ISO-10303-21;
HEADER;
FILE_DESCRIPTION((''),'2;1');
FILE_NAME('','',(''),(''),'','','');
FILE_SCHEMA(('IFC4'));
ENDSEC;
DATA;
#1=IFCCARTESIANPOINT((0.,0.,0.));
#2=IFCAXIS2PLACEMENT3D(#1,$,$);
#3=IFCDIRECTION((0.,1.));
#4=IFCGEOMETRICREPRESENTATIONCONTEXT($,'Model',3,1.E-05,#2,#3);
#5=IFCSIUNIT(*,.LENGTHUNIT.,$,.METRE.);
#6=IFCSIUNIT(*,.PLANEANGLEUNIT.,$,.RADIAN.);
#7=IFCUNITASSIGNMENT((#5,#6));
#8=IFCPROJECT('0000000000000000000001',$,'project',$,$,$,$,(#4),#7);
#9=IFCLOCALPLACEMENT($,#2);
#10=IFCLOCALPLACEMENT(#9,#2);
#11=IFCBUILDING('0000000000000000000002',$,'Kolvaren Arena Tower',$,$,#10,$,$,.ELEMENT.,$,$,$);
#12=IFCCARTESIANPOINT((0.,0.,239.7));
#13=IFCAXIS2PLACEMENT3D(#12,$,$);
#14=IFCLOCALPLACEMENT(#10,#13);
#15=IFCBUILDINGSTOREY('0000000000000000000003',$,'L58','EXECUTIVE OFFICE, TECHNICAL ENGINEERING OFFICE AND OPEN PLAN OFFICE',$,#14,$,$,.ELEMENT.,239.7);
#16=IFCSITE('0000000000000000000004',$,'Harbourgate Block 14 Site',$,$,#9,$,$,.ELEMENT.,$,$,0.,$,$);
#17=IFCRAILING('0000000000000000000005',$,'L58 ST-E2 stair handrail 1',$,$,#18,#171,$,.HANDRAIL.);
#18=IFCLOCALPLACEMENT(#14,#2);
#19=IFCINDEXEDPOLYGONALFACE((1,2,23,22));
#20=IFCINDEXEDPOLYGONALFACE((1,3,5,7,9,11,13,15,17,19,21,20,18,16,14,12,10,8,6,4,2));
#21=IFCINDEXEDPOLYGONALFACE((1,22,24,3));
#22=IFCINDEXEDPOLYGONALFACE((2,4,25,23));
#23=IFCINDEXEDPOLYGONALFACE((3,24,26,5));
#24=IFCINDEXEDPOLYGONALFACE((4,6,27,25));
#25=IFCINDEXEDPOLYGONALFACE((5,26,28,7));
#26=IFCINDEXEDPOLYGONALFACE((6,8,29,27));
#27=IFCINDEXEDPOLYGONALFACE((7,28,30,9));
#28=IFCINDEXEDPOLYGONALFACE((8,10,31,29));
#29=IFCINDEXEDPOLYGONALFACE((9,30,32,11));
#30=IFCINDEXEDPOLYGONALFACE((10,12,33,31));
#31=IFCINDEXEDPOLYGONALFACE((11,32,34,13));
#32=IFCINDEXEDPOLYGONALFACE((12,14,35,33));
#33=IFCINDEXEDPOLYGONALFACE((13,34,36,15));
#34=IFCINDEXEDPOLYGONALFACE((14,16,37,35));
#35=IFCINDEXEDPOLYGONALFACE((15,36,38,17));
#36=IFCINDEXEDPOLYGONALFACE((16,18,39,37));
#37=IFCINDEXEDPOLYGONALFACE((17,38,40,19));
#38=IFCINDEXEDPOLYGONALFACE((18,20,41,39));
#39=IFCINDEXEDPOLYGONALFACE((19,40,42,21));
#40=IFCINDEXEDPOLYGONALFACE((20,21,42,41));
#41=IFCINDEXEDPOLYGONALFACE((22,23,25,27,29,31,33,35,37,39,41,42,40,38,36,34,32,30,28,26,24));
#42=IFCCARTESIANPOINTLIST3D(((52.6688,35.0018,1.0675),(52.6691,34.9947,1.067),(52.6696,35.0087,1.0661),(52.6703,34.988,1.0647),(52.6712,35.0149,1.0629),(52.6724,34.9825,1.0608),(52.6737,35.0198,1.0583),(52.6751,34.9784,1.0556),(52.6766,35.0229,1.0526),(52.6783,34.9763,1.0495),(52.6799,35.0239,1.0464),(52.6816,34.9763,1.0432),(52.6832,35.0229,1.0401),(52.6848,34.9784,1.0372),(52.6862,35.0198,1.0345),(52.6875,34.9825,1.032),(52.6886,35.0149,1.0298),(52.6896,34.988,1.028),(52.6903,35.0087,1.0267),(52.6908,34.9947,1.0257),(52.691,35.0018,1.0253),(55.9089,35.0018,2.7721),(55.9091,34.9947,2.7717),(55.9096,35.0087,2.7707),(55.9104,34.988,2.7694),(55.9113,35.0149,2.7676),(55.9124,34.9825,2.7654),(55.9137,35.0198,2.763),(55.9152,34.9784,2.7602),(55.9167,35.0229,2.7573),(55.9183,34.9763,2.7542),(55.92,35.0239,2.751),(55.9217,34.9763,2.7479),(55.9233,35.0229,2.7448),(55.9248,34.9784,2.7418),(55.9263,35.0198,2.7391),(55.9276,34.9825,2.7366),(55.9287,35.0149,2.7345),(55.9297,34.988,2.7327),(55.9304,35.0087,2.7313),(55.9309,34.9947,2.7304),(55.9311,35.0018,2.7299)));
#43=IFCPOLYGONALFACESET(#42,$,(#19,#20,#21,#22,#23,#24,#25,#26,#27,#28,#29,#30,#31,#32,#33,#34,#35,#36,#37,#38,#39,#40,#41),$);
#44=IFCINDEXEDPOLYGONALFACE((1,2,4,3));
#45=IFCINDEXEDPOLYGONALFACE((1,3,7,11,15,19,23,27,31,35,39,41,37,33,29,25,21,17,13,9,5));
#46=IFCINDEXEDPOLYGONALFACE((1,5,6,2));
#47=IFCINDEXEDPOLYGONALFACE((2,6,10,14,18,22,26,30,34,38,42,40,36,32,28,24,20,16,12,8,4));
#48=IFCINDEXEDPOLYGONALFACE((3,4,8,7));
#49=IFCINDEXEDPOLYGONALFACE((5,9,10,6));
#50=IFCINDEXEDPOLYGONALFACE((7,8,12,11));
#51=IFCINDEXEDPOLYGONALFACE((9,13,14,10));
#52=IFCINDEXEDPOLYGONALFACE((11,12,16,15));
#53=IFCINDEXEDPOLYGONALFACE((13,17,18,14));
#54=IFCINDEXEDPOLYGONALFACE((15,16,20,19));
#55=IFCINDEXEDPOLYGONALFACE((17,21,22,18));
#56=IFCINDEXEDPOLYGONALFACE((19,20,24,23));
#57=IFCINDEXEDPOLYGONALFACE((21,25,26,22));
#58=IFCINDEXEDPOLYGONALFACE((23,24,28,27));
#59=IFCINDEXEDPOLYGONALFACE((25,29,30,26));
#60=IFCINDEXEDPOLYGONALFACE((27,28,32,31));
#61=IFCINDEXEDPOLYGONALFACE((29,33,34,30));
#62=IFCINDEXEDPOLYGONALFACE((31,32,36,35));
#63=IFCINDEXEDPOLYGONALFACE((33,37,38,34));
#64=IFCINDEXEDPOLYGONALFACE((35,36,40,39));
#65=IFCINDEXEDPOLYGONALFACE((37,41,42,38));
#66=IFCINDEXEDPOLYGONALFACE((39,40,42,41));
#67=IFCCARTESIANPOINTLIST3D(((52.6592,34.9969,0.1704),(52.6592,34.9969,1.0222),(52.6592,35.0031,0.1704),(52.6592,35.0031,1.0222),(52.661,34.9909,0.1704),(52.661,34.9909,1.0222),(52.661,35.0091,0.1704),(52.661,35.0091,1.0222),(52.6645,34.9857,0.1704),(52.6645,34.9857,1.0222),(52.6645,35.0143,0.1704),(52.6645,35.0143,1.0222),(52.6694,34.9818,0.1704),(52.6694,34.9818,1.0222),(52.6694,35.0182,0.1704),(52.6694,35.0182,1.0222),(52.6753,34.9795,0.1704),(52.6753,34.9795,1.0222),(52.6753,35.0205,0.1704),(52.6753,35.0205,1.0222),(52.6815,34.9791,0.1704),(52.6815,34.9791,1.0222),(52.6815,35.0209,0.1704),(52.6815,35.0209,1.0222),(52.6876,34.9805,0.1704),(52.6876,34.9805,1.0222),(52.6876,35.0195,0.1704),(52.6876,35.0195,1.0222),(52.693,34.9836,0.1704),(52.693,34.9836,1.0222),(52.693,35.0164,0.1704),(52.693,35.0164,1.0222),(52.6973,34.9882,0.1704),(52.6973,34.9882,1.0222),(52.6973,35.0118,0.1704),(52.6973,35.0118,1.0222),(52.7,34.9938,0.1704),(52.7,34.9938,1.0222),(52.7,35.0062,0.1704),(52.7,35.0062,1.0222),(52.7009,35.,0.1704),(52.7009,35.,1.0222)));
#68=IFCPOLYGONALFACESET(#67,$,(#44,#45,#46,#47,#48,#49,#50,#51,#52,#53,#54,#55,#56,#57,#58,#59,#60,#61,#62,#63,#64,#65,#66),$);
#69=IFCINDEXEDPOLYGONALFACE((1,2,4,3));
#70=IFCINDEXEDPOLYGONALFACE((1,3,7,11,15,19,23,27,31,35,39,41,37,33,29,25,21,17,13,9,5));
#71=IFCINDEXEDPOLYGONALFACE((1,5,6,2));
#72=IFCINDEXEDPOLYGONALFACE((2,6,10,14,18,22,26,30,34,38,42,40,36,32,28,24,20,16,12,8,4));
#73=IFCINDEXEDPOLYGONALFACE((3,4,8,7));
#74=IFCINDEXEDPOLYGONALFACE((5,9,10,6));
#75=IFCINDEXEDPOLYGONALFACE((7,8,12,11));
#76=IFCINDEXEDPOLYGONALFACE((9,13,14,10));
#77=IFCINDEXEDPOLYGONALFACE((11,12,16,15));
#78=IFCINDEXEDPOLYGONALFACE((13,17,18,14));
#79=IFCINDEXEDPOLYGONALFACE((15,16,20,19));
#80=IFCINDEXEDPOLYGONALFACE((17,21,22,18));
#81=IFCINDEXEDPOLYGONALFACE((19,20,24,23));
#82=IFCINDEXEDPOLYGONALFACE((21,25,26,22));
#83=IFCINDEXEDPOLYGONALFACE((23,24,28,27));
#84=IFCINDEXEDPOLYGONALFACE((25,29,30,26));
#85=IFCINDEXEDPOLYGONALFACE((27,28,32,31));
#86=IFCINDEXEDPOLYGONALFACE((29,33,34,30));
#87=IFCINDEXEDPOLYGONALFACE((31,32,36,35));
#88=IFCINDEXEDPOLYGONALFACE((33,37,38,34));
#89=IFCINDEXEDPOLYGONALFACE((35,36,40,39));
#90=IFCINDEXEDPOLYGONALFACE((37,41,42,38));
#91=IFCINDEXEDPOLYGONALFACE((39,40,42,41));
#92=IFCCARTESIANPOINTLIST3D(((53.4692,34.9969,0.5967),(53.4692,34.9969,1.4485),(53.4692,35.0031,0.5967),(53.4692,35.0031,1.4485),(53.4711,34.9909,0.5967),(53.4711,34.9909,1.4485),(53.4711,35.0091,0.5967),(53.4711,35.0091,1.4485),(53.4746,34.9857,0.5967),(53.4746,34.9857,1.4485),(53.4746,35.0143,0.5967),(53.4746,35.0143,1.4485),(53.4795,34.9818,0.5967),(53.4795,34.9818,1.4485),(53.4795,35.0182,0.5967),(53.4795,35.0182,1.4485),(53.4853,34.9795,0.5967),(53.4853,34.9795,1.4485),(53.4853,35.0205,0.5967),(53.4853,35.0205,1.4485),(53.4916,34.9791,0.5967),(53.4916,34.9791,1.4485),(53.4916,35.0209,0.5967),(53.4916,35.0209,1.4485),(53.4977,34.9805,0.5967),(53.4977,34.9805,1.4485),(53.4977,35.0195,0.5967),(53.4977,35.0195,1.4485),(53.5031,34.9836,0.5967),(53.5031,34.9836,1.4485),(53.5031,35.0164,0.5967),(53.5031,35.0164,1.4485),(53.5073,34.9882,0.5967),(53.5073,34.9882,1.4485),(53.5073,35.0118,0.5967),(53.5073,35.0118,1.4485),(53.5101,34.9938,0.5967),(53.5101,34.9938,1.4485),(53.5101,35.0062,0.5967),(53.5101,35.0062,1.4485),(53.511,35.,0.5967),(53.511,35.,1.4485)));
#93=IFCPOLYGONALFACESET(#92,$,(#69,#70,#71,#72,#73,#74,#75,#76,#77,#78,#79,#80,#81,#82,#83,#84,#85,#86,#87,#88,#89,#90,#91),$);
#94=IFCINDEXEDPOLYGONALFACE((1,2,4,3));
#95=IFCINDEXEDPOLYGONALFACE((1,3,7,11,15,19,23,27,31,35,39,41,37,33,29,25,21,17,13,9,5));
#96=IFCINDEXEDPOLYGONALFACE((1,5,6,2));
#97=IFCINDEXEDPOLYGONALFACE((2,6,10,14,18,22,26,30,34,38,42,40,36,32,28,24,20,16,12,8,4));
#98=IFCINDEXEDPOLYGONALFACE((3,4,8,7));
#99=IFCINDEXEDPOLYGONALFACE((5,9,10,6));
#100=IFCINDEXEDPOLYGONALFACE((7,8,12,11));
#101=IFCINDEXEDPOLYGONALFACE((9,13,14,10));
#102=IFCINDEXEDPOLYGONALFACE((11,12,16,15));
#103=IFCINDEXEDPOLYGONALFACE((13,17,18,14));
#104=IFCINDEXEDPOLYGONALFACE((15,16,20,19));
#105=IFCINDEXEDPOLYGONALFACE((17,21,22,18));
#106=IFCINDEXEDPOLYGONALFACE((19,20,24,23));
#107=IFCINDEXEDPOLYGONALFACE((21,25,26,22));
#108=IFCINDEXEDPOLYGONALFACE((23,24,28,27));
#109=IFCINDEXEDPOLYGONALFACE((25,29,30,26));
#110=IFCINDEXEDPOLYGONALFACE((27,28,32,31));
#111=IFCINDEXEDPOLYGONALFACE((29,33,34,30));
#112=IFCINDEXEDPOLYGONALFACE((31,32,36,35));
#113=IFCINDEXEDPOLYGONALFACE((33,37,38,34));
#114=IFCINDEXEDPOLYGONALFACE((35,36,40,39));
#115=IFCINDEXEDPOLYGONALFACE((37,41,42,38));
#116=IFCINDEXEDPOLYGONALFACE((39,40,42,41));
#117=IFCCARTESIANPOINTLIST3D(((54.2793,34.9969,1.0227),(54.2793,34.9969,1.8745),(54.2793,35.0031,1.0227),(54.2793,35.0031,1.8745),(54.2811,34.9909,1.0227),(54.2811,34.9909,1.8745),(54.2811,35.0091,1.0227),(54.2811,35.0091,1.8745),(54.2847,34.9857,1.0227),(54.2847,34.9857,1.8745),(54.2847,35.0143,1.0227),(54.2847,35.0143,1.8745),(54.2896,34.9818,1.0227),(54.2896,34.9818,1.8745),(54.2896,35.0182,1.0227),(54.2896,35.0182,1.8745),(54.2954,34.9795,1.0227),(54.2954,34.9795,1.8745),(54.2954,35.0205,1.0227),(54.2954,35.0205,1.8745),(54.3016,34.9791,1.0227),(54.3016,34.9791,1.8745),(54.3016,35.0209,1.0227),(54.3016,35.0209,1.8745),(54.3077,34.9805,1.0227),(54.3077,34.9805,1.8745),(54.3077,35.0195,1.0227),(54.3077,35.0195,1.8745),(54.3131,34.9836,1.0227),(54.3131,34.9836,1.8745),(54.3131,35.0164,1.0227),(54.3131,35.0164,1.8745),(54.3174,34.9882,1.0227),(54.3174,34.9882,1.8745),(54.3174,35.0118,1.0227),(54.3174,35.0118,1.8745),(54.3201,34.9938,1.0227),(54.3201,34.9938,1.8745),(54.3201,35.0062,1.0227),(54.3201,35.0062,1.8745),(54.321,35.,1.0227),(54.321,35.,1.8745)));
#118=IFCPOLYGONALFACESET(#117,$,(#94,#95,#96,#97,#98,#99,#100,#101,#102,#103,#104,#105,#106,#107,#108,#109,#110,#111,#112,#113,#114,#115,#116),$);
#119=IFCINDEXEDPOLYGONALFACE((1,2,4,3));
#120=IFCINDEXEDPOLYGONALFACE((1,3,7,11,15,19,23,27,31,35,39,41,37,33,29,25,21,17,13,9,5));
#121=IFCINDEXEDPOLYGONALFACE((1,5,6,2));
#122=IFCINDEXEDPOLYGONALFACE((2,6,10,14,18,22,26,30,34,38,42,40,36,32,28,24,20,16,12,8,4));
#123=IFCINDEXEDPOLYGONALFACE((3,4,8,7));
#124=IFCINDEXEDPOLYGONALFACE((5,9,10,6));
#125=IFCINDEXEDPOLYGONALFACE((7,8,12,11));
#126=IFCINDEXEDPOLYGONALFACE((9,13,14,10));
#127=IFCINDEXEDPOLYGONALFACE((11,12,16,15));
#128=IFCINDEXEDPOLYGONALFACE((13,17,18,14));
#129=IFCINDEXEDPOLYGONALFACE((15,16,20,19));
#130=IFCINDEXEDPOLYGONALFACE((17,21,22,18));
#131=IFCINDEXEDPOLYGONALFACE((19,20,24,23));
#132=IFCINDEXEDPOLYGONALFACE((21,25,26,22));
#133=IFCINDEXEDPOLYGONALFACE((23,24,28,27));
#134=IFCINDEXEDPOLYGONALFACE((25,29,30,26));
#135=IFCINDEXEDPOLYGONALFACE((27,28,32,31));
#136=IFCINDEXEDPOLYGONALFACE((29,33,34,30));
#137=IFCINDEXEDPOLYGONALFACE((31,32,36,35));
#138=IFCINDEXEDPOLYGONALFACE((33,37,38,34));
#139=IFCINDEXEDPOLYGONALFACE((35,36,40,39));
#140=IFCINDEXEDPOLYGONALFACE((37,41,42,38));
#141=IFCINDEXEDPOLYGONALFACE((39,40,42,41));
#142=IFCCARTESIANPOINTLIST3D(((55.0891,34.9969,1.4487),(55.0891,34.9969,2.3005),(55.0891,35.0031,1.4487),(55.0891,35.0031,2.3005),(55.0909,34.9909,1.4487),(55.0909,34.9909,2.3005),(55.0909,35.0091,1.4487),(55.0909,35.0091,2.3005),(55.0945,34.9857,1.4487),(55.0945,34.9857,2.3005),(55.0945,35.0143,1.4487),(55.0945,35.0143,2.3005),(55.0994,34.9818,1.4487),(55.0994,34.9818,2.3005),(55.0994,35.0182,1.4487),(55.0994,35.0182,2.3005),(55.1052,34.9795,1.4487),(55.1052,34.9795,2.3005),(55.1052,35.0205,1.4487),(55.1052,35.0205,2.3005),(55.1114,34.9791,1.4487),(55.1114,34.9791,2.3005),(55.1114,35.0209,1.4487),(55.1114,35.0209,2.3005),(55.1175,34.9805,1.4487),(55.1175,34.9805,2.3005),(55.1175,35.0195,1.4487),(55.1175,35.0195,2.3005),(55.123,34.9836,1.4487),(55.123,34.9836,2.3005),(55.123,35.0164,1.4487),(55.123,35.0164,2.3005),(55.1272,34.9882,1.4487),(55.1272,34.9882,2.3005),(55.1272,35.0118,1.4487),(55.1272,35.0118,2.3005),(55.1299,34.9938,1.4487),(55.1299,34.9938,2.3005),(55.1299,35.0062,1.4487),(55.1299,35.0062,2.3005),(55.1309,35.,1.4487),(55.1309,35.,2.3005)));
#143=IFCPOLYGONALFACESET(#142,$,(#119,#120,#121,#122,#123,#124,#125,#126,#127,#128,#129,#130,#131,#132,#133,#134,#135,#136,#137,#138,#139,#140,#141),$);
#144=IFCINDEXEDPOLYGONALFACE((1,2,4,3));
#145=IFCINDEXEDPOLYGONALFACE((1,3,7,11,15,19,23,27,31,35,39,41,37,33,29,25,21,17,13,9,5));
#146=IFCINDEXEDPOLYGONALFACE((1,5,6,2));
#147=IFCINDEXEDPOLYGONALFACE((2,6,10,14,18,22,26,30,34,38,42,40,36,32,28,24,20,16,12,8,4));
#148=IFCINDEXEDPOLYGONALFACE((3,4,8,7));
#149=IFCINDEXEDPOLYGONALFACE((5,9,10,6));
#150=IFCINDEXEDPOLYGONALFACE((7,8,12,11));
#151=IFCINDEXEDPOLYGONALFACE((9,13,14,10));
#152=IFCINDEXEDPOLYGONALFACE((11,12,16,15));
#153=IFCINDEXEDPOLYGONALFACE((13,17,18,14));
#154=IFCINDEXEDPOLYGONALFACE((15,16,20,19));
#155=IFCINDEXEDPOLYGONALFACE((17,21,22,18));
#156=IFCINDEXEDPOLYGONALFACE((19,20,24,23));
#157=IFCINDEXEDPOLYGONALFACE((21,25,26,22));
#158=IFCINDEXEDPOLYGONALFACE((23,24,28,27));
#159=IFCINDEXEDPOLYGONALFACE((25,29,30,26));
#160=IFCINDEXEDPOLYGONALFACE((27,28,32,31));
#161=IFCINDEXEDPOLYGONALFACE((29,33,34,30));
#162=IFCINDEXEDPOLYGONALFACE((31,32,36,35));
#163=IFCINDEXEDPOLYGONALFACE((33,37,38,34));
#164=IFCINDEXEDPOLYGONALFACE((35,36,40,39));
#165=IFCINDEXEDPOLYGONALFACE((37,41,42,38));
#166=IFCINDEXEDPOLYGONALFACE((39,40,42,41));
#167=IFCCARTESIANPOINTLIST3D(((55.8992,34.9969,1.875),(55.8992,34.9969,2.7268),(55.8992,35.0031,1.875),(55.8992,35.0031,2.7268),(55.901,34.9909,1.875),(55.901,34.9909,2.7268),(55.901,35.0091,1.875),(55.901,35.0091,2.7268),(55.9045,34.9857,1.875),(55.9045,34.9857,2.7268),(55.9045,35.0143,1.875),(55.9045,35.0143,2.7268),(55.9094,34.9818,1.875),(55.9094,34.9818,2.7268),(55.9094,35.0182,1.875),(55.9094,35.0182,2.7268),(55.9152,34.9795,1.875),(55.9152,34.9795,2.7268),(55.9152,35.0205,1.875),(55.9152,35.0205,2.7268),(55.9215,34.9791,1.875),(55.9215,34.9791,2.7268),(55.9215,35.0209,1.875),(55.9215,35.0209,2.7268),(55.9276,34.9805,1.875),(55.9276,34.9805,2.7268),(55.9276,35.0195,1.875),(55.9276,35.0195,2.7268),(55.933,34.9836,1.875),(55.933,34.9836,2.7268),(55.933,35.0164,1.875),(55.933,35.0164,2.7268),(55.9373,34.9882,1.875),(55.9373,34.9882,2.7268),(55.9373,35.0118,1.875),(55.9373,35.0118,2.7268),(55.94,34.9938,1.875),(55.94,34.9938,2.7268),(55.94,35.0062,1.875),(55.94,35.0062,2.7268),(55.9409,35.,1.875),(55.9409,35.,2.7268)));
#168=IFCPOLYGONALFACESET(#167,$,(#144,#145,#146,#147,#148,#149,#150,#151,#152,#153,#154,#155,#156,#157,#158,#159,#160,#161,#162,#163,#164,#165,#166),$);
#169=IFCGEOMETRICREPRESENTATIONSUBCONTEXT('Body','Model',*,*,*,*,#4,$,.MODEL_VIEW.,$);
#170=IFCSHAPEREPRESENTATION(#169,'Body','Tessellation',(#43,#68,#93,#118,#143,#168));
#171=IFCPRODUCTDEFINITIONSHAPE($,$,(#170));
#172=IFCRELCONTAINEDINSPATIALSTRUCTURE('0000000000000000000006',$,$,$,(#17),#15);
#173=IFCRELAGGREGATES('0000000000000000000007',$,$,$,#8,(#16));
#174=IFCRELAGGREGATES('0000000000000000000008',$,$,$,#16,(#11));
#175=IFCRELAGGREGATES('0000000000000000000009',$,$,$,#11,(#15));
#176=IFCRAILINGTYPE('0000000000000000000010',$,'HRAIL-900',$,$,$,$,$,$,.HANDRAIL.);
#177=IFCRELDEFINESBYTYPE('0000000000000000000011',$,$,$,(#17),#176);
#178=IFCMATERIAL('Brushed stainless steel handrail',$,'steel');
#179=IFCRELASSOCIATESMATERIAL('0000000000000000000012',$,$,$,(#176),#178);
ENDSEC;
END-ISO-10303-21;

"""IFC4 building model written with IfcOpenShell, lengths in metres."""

from ifc_helpers import new_model, si_unit, direction, frame, origin, origin_2d, place, context, subcontext, project, spatial, circle, extrude, material, type_object, element, save


model = new_model("IFC4")

# Units and contexts
model_context = context("Model", 3, precision=1e-05, world=origin(), true_north=direction((0.0, 1.0)))
body_context = subcontext(model_context, "Body", "Model", "MODEL_VIEW")
ifc_project = project(units=[si_unit("LENGTHUNIT", "METRE"), si_unit("PLANEANGLEUNIT", "RADIAN")], contexts=[model_context])

# Site, building, storey
site_placement = place(None, origin())
site = spatial("IfcSite", under=ifc_project, at=site_placement, Name="Harbourgate Block 14 Site", CompositionType="ELEMENT", RefElevation=0.0)
building_placement = place(site_placement, origin())
building = spatial("IfcBuilding", under=site, at=building_placement, Name="Kolvaren Arena Tower", CompositionType="ELEMENT")
storey_placement = place(building_placement, frame((0.0, 0.0, 239.7)))
storey = spatial("IfcBuildingStorey", under=building, at=storey_placement, Name="L58", Description="EXECUTIVE OFFICE, TECHNICAL ENGINEERING OFFICE AND OPEN PLAN OFFICE", CompositionType="ELEMENT", Elevation=239.7)

# Railing
ifc_material_1 = material(Name="Brushed stainless steel handrail", Category="steel")
railing_type_1 = type_object("IfcRailingType", Name="HRAIL-900", PredefinedType="HANDRAIL", material=ifc_material_1)
for number, where, name in (
    (1, (52.6799, 35.0, 0.1704), "L58 ST-E2 stair handrail 1"),
):
    element("IfcRailing", number, at=place(storey_placement, frame(where)), inside=storey, type_object=railing_type_1, Name=name, PredefinedType="HANDRAIL", context=body_context, shape_type="SweptSolid", body=[
        extrude(circle(Radius=0.0239, at=origin_2d()), frame((0.0, 0.0, 0.876), z_axis=(0.884993, 0.0, 0.465604), x_axis=(0.0, 1.0, 0.0)), (0.0, 0.0, 1.0), 3.6611),
        extrude(circle(Radius=0.021, at=origin_2d()), origin(), (0.0, 0.0, 1.0), 0.8518),
        extrude(circle(Radius=0.021, at=origin_2d()), frame((0.8101, 0.0, 0.4263)), (0.0, 0.0, 1.0), 0.8518),
        extrude(circle(Radius=0.021, at=origin_2d()), frame((1.6201, 0.0, 0.8523)), (0.0, 0.0, 1.0), 0.8518),
        extrude(circle(Radius=0.021, at=origin_2d()), frame((2.4299, 0.0, 1.2783)), (0.0, 0.0, 1.0), 0.8518),
        extrude(circle(Radius=0.021, at=origin_2d()), frame((3.24, 0.0, 1.7046)), (0.0, 0.0, 1.0), 0.8518),
    ])

save(model, "model.ifc")
